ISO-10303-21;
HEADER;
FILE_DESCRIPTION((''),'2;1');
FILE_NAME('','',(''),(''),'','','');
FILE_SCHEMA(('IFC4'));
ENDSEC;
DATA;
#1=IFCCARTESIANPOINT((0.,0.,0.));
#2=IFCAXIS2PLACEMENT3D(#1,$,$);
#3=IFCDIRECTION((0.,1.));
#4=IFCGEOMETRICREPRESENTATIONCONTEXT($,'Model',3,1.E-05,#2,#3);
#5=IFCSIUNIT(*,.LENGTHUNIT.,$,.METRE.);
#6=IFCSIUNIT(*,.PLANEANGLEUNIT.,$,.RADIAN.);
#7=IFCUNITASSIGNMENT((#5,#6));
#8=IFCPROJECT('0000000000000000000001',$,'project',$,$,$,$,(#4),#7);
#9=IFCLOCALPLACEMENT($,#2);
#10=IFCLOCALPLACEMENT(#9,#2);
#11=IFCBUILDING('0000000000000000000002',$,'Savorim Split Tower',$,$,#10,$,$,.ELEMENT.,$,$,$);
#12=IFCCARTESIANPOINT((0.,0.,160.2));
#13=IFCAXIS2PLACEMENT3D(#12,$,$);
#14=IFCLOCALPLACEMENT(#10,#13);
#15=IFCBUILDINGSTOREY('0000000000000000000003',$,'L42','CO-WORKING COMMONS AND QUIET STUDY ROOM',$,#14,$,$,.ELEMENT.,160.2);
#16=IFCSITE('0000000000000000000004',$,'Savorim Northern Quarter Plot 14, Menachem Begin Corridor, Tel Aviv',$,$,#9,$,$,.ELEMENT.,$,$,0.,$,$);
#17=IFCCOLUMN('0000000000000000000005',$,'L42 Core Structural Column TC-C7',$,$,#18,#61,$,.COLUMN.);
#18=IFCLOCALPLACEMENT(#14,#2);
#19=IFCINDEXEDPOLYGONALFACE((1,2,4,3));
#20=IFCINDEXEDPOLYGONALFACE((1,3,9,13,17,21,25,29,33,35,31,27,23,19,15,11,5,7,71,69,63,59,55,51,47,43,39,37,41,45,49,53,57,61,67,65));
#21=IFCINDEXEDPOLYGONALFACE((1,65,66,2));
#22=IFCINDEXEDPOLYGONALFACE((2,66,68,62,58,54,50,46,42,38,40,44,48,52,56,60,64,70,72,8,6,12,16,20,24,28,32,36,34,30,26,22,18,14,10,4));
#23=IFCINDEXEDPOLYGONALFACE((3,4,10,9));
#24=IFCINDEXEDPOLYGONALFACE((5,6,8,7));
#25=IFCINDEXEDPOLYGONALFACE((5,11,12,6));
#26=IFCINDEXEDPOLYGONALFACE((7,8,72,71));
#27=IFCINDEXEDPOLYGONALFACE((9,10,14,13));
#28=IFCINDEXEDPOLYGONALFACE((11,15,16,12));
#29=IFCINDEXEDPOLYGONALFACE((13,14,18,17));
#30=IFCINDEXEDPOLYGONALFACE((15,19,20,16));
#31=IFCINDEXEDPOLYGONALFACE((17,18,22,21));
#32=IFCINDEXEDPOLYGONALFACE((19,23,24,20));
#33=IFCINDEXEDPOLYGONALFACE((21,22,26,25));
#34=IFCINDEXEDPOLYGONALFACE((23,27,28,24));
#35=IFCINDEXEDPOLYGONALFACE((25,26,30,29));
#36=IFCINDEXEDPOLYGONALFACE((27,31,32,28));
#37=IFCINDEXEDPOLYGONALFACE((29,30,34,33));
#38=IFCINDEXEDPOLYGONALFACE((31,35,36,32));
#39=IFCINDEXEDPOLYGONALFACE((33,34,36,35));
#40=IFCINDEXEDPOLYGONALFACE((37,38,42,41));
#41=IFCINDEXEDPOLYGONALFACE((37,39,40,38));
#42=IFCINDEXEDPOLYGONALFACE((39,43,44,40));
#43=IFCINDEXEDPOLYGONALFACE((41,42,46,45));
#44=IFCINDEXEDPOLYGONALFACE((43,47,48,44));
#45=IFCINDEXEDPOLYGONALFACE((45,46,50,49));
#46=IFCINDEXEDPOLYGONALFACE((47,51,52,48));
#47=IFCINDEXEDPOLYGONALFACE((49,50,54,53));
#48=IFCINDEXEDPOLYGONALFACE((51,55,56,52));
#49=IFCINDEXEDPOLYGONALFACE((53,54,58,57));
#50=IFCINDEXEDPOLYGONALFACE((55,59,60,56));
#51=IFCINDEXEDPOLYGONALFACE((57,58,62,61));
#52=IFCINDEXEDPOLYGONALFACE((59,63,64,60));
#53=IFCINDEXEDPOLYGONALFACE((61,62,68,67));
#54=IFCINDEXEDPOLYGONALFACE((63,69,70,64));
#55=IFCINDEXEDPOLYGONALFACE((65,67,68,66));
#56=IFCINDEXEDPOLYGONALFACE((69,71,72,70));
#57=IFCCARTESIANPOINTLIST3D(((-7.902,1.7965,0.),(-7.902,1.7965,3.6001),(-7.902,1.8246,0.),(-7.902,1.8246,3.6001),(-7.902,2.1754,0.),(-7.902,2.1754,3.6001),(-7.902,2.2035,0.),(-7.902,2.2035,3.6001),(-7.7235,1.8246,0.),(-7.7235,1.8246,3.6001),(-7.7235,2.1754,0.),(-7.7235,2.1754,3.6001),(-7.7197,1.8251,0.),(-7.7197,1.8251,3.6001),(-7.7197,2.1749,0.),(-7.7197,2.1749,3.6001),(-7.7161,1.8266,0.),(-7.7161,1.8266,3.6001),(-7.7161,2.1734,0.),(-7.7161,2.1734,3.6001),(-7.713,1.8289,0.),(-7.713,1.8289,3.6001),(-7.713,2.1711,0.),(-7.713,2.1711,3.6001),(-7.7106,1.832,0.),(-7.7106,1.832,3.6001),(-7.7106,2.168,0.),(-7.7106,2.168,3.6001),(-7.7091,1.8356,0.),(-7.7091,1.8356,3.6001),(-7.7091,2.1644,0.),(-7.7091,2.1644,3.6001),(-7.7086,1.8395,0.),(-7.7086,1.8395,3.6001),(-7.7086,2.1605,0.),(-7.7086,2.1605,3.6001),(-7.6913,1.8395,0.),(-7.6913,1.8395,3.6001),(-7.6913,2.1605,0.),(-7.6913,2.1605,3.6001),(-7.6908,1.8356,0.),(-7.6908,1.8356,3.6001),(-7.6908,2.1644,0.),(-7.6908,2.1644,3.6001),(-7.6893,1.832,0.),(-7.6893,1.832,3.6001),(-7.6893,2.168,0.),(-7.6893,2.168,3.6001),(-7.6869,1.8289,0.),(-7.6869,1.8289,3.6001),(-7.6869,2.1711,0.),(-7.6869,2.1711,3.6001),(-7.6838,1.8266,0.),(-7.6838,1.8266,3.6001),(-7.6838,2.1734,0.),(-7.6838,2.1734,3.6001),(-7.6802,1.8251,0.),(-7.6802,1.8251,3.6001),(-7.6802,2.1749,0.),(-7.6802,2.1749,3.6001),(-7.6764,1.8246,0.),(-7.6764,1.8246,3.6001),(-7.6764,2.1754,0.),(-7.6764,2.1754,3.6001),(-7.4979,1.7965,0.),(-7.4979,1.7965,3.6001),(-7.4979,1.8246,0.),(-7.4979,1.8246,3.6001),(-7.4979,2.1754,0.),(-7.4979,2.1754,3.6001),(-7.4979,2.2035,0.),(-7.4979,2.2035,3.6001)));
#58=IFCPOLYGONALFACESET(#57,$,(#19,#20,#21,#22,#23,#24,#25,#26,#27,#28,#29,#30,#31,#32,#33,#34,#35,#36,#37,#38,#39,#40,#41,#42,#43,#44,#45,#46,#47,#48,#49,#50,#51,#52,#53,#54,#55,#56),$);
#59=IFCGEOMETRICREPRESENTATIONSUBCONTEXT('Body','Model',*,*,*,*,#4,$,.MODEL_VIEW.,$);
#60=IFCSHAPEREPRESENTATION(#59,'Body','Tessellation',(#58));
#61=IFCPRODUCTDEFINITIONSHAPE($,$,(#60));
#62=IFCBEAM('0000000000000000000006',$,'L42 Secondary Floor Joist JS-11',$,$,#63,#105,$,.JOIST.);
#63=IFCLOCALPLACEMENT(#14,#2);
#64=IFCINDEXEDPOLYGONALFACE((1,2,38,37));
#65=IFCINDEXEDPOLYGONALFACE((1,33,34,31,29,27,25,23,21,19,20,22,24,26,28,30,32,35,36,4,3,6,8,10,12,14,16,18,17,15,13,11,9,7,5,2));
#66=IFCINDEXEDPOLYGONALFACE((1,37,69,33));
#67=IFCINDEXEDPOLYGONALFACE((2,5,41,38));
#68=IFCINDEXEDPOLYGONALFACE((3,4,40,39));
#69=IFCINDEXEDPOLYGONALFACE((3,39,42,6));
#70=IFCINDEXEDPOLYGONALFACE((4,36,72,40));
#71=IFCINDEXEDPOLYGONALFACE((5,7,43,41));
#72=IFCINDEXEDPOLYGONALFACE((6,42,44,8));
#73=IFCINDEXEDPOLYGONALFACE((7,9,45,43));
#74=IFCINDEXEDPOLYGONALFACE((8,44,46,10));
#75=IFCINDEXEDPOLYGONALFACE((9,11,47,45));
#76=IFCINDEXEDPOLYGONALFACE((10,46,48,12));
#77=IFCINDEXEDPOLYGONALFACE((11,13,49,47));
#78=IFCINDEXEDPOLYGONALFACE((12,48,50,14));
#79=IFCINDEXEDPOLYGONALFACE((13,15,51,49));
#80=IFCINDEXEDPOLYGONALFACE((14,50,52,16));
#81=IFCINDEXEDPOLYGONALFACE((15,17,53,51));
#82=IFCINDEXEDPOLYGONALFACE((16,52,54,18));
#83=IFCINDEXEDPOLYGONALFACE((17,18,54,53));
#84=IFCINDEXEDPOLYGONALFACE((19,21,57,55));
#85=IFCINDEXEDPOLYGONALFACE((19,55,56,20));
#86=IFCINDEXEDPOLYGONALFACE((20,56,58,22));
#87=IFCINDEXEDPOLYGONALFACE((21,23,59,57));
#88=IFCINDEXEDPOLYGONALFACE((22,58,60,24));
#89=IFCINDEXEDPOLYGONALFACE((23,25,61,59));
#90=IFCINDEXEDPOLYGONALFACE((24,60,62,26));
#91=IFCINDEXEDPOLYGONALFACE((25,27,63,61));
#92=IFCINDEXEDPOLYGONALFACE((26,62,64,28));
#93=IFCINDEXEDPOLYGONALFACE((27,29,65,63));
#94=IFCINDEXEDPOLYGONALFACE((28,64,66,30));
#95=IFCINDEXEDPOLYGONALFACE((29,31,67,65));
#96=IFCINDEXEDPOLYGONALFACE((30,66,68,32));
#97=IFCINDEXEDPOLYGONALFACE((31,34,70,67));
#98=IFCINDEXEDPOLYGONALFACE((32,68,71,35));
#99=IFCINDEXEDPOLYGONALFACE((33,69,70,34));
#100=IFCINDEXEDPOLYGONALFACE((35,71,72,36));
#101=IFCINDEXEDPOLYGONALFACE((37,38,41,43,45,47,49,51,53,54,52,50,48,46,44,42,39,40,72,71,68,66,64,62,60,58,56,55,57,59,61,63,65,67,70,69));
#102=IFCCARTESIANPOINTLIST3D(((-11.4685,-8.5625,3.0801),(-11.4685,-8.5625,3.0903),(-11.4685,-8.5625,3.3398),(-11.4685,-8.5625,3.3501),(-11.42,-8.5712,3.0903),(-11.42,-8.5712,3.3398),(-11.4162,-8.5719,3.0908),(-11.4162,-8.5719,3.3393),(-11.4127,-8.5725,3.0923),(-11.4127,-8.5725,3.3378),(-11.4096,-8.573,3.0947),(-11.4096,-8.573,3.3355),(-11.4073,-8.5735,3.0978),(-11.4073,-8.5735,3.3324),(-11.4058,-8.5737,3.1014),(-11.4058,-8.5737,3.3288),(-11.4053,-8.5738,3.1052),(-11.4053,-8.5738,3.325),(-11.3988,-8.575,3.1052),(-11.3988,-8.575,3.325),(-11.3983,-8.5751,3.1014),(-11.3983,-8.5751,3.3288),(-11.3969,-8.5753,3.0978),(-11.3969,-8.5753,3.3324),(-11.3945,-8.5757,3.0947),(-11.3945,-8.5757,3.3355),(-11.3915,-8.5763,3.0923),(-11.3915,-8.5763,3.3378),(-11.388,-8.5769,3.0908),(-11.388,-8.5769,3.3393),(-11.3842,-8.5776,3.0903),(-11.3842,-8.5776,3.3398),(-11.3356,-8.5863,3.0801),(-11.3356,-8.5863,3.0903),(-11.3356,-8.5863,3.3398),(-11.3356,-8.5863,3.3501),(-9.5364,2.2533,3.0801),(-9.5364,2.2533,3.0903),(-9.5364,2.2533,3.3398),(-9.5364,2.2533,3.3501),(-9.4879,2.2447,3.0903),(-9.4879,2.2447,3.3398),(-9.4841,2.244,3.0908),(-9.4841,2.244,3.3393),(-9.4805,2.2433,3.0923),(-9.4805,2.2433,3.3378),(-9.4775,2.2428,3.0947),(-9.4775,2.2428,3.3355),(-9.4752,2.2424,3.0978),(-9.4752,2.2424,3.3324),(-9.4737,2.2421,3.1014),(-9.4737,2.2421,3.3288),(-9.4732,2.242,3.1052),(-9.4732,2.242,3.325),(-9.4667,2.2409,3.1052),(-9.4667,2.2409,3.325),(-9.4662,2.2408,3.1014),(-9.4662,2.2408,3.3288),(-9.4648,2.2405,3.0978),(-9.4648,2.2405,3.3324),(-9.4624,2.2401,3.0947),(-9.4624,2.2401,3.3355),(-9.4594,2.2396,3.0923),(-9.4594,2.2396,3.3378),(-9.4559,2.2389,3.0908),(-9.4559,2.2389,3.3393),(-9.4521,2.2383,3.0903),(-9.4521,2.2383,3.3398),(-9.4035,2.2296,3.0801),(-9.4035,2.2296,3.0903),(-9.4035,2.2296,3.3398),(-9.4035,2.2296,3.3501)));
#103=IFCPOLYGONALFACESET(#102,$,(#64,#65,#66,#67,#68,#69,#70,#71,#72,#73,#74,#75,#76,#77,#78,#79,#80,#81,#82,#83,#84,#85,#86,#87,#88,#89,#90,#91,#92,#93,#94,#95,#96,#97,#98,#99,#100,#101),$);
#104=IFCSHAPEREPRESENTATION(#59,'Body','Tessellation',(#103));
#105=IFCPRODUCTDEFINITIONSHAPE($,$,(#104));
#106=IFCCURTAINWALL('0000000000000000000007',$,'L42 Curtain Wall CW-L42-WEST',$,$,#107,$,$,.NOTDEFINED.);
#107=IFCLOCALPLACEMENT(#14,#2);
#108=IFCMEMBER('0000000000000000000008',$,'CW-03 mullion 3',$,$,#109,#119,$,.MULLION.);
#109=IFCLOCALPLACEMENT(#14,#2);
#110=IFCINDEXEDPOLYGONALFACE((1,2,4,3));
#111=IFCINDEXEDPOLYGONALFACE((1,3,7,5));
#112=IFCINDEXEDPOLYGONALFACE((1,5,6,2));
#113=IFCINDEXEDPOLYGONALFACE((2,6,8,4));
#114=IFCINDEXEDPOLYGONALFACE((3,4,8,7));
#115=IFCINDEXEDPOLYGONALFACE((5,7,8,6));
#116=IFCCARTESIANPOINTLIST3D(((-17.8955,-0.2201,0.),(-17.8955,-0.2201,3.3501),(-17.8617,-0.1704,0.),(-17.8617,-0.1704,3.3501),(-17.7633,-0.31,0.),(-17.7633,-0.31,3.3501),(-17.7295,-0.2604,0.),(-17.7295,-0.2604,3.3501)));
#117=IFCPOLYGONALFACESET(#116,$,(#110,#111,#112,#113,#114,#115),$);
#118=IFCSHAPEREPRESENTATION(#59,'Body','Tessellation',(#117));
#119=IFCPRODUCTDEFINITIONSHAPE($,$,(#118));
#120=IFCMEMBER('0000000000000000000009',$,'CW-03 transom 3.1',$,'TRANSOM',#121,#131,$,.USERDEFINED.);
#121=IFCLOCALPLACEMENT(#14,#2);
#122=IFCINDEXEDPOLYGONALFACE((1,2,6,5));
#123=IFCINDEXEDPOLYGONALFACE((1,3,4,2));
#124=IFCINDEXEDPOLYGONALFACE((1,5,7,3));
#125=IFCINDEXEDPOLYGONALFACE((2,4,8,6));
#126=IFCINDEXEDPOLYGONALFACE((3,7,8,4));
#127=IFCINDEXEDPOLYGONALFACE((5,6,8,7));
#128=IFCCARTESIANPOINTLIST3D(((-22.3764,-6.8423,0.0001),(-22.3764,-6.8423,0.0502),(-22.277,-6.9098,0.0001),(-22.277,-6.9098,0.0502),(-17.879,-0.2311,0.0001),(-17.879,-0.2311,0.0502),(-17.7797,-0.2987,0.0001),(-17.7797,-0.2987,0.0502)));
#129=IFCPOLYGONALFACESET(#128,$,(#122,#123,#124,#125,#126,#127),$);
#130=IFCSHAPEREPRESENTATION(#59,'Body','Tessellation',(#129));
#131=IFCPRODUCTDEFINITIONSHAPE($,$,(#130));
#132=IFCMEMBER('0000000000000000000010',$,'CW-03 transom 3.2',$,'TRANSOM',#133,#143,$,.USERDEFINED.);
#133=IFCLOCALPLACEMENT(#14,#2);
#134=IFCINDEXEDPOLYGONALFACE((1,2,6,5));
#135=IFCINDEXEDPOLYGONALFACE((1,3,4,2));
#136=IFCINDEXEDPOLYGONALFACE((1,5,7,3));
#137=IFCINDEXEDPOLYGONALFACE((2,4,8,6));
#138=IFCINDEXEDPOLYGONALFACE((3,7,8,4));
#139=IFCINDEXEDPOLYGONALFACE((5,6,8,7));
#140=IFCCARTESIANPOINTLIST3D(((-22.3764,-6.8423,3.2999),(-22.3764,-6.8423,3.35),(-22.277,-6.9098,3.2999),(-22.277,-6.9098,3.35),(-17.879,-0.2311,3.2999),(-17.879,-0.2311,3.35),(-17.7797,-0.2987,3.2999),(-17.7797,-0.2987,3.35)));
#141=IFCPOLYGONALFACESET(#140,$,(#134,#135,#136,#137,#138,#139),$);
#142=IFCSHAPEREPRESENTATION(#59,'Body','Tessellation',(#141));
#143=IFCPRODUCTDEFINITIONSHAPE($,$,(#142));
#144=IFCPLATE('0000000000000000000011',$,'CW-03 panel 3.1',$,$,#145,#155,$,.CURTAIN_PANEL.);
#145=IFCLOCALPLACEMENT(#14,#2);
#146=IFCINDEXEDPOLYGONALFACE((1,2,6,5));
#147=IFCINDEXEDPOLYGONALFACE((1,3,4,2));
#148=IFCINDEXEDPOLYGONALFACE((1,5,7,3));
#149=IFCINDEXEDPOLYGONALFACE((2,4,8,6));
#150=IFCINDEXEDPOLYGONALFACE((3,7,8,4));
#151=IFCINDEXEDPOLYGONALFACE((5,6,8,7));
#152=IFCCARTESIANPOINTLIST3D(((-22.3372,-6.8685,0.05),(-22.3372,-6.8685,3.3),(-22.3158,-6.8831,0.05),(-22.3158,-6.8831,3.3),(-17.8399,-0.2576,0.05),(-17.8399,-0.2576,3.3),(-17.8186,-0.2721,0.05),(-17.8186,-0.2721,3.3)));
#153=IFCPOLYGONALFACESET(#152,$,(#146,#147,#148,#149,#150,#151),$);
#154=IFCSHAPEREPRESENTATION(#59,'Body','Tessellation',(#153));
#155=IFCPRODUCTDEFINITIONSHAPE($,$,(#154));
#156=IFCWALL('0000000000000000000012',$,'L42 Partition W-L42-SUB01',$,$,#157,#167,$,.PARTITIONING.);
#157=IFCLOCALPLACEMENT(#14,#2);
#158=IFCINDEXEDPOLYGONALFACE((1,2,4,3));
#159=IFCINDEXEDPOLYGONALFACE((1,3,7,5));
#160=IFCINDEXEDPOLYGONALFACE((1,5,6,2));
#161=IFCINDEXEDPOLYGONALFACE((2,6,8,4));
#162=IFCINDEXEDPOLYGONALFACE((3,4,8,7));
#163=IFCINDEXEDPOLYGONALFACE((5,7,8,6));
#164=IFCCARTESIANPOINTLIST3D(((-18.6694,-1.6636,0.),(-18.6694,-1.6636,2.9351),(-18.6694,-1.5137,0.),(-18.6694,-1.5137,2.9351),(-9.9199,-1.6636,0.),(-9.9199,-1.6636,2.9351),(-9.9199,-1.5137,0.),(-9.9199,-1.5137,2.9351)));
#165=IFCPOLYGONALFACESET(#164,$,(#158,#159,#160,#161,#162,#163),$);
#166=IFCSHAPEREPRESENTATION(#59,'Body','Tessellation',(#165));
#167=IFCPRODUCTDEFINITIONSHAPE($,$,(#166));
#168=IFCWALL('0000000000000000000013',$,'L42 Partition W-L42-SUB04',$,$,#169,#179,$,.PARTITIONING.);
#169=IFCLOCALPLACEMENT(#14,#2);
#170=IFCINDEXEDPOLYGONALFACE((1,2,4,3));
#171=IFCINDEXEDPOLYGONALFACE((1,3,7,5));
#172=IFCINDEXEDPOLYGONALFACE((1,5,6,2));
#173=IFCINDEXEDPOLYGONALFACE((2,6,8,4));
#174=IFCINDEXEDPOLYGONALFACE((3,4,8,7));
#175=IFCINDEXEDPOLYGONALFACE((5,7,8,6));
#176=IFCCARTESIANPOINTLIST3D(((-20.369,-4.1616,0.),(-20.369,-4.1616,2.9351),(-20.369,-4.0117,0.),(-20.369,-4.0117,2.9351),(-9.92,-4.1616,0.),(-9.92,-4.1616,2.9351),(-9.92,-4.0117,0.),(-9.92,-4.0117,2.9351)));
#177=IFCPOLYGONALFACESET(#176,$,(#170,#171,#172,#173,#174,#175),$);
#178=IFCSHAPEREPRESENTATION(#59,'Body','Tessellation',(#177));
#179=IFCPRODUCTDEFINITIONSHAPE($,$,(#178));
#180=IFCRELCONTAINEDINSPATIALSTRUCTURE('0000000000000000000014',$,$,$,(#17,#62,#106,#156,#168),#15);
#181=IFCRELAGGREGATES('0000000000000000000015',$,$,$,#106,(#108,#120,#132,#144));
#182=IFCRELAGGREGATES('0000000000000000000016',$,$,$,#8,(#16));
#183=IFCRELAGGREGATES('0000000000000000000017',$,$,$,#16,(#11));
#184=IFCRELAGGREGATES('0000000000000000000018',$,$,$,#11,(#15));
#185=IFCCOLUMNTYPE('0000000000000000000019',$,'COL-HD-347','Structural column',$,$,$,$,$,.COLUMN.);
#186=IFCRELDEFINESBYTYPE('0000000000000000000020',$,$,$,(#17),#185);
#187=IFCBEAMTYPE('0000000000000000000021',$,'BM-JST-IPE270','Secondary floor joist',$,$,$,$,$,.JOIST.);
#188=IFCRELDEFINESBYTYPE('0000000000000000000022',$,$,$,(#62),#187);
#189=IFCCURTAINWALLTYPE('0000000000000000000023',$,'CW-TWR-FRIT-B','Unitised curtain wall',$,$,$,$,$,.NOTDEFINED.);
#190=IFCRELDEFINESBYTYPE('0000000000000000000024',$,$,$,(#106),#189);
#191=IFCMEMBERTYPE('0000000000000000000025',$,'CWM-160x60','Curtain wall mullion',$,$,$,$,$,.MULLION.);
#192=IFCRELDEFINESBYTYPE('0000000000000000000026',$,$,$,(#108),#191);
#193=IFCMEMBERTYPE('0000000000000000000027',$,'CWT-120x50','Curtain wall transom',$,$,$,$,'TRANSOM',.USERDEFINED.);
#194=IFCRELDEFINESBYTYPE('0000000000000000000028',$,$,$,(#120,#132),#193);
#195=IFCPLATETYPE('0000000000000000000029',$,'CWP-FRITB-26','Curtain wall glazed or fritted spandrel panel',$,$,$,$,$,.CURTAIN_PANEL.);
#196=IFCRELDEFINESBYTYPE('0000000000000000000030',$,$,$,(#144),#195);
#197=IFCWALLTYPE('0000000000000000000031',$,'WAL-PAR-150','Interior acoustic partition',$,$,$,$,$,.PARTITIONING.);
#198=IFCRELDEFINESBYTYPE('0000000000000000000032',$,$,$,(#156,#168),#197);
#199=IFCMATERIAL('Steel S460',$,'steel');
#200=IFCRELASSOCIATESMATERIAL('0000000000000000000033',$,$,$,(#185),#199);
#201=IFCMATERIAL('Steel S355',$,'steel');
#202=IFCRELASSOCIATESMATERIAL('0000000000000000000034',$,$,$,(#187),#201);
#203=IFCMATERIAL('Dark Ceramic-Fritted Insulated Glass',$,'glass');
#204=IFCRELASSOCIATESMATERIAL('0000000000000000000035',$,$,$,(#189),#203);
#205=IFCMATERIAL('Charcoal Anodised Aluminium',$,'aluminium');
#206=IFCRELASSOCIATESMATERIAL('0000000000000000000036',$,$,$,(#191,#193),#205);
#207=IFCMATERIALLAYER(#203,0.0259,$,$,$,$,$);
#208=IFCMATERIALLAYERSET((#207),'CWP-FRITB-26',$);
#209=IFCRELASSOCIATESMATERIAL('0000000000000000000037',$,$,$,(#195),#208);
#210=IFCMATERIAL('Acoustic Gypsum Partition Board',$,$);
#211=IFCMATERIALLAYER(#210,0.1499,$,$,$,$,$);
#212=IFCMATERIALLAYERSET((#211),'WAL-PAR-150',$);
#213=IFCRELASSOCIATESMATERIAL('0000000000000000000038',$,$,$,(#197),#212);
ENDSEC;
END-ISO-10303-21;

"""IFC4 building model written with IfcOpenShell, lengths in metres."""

from ifc_helpers import new_model, si_unit, direction, frame, frame_2d, origin, origin_2d, place, context, subcontext, project, spatial, rectangle, i_section, extrude, material, layer, layer_set, material_profile, profile_set, type_object, element, aggregate, save


model = new_model("IFC4")

# Units and contexts
model_context = context("Model", 3, precision=1e-05, world=origin(), true_north=direction((0.0, 1.0)))
body_context = subcontext(model_context, "Body", "Model", "MODEL_VIEW")
ifc_project = project(units=[si_unit("LENGTHUNIT", "METRE"), si_unit("PLANEANGLEUNIT", "RADIAN")], contexts=[model_context])

# Site, building, storey
site_placement = place(None, origin())
site = spatial("IfcSite", under=ifc_project, at=site_placement, Name="Savorim Northern Quarter Plot 14, Menachem Begin Corridor, Tel Aviv", CompositionType="ELEMENT", RefElevation=0.0)
building_placement = place(site_placement, origin())
building = spatial("IfcBuilding", under=site, at=building_placement, Name="Savorim Split Tower", CompositionType="ELEMENT")
storey_placement = place(building_placement, frame((0.0, 0.0, 160.2)))
storey = spatial("IfcBuildingStorey", under=building, at=storey_placement, Name="L42", Description="CO-WORKING COMMONS AND QUIET STUDY ROOM", CompositionType="ELEMENT", Elevation=160.2)

# Column
ifc_material_1 = material(Name="Steel S460", Category="steel")
ifc_material_profile_1 = material_profile(ifc_material_1, i_section(OverallWidth=0.4041, OverallDepth=0.407, WebThickness=0.0173, FlangeThickness=0.0281, FilletRadius=0.0149, at=origin_2d()), Name="HD 400x347")
ifc_profile_set_1 = profile_set([ifc_material_profile_1], Name="Steel S460")
column_type = type_object("IfcColumnType", Name="COL-HD-347", Description="Structural column", PredefinedType="COLUMN", material=ifc_profile_set_1)
column_placement = place(storey_placement, frame((-7.7, 2.0, 0.0), z_axis=(0.0, 0.0, 1.0), x_axis=(1.0, 0.0, 0.0)))
element("IfcColumn", 1, at=column_placement, inside=storey, type_object=column_type, Name="L42 Core Structural Column TC-C7", PredefinedType="COLUMN", context=body_context, shape_type="SweptSolid", body=[
    extrude(i_section(OverallWidth=0.4041, OverallDepth=0.407, WebThickness=0.0173, FlangeThickness=0.0281, FilletRadius=0.0149, at=origin_2d()), origin(), (0.0, 0.0, 1.0), 3.6001),
])

# Beam
ifc_material_2 = material(Name="Steel S355", Category="steel")
ifc_material_profile_2 = material_profile(ifc_material_2, i_section(OverallWidth=0.135, OverallDepth=0.27, WebThickness=0.0066, FlangeThickness=0.0103, FilletRadius=0.0149, at=origin_2d()), Name="IPE 270")
ifc_profile_set_2 = profile_set([ifc_material_profile_2], Name="Steel S355")
beam_type = type_object("IfcBeamType", Name="BM-JST-IPE270", Description="Secondary floor joist", PredefinedType="JOIST", material=ifc_profile_set_2)
beam_placement = place(storey_placement, frame((-9.47, 2.2415, 3.2151), z_axis=(-0.175854, -0.984416, 0.0), x_axis=(0.984416, -0.175854, 0.0)))
element("IfcBeam", 2, at=beam_placement, inside=storey, type_object=beam_type, Name="L42 Secondary Floor Joist JS-11", PredefinedType="JOIST", context=body_context, shape_type="SweptSolid", body=[
    extrude(i_section(OverallWidth=0.135, OverallDepth=0.27, WebThickness=0.0066, FlangeThickness=0.0103, FilletRadius=0.0149, at=origin_2d()), origin(), (0.0, 0.0, 1.0), 10.9871),
])

# Curtain wall, members, plate
ifc_material_3 = material(Name="Dark Ceramic-Fritted Insulated Glass", Category="glass")
curtain_wall_type = type_object("IfcCurtainWallType", Name="CW-TWR-FRIT-B", Description="Unitised curtain wall", PredefinedType="NOTDEFINED", material=ifc_material_3)
curtain_wall_placement = place(storey_placement, origin())
curtain_wall = element("IfcCurtainWall", 3, at=curtain_wall_placement, inside=storey, type_object=curtain_wall_type, Name="L42 Curtain Wall CW-L42-WEST", PredefinedType="NOTDEFINED")
ifc_material_4 = material(Name="Charcoal Anodised Aluminium", Category="aluminium")
ifc_material_profile_3 = material_profile(ifc_material_4, rectangle(XDim=0.1599, YDim=0.0601, at=origin_2d()), Name="ALU-M 160x60")
ifc_profile_set_3 = profile_set([ifc_material_profile_3], Name="Charcoal Anodised Aluminium")
member_type_1 = type_object("IfcMemberType", Name="CWM-160x60", Description="Curtain wall mullion", PredefinedType="MULLION", material=ifc_profile_set_3)
member_1_placement = place(storey_placement, frame((-17.8125, -0.2402, 0.0), z_axis=(0.0, 0.0, 1.0), x_axis=(0.82682, -0.562466, 0.0)))
member_1 = element("IfcMember", 4, at=member_1_placement, type_object=member_type_1, Name="CW-03 mullion 3", PredefinedType="MULLION", context=body_context, shape_type="SweptSolid", body=[
    extrude(rectangle(XDim=0.1599, YDim=0.0601, at=origin_2d()), origin(), (0.0, 0.0, 1.0), 3.3501),
])
ifc_material_profile_4 = material_profile(ifc_material_4, rectangle(XDim=0.1201, YDim=0.05, at=origin_2d()), Name="ALU-T 120x50")
ifc_profile_set_4 = profile_set([ifc_material_profile_4], Name="Charcoal Anodised Aluminium")
member_type_2 = type_object("IfcMemberType", Name="CWT-120x50", Description="Curtain wall transom", ElementType="TRANSOM", PredefinedType="USERDEFINED", material=ifc_profile_set_4)
member_2_placement = place(storey_placement, frame((-17.8293, -0.2649, 0.0251), z_axis=(-0.562462, -0.826823, 0.0), x_axis=(0.826823, -0.562462, 0.0)))
member_2 = element("IfcMember", 5, at=member_2_placement, type_object=member_type_2, Name="CW-03 transom 3.1", ObjectType="TRANSOM", PredefinedType="USERDEFINED", context=body_context, shape_type="SweptSolid", body=[
    extrude(rectangle(XDim=0.1201, YDim=0.05, at=origin_2d()), origin(), (0.0, 0.0, 1.0), 7.9958),
])
member_3_placement = place(storey_placement, frame((-17.8293, -0.2649, 3.325), z_axis=(-0.562462, -0.826823, 0.0), x_axis=(0.826823, -0.562462, 0.0)))
member_3 = element("IfcMember", 6, at=member_3_placement, type_object=member_type_2, Name="CW-03 transom 3.2", ObjectType="TRANSOM", PredefinedType="USERDEFINED", context=body_context, shape_type="SweptSolid", body=[
    extrude(rectangle(XDim=0.1201, YDim=0.05, at=origin_2d()), origin(), (0.0, 0.0, 1.0), 7.9958),
])
ifc_layer_1 = layer(ifc_material_3, 0.0259)
ifc_layer_set_1 = layer_set([ifc_layer_1], Name="CWP-FRITB-26")
plate_type = type_object("IfcPlateType", Name="CWP-FRITB-26", Description="Curtain wall glazed or fritted spandrel panel", PredefinedType="CURTAIN_PANEL", material=ifc_layer_set_1)
plate_placement = place(storey_placement, frame((-20.0779, -3.5703, 0.05), z_axis=(0.0, 0.0, 1.0), x_axis=(-0.562466, -0.82682, 0.0)))
plate = element("IfcPlate", 7, at=plate_placement, type_object=plate_type, Name="CW-03 panel 3.1", PredefinedType="CURTAIN_PANEL", context=body_context, shape_type="SweptSolid", body=[
    extrude(rectangle(XDim=7.9956, YDim=0.0259, at=origin_2d()), origin(), (0.0, 0.0, 1.0), 3.25),
])
aggregate(curtain_wall, [member_1, member_2, member_3, plate])

# Walls
ifc_material_5 = material(Name="Acoustic Gypsum Partition Board")
ifc_layer_2 = layer(ifc_material_5, 0.1499)
ifc_layer_set_2 = layer_set([ifc_layer_2], Name="WAL-PAR-150")
wall_type_1 = type_object("IfcWallType", Name="WAL-PAR-150", Description="Interior acoustic partition", PredefinedType="PARTITIONING", material=ifc_layer_set_2)
wall_1_placement = place(storey_placement, frame((-9.9199, -1.5886, 0.0), z_axis=(0.0, 0.0, 1.0), x_axis=(-1.0, 0.0, 0.0)))
element("IfcWall", 8, at=wall_1_placement, inside=storey, type_object=wall_type_1, Name="L42 Partition W-L42-SUB01", PredefinedType="PARTITIONING", context=body_context, shape_type="SweptSolid", body=[
    extrude(rectangle(XDim=8.7495, YDim=0.1499, at=frame_2d((4.3748, 0.0))), origin(), (0.0, 0.0, 1.0), 2.9351),
])
wall_2_placement = place(storey_placement, frame((-9.9199, -4.0867, 0.0), z_axis=(0.0, 0.0, 1.0), x_axis=(-1.0, 0.0, 0.0)))
element("IfcWall", 9, at=wall_2_placement, inside=storey, type_object=wall_type_1, Name="L42 Partition W-L42-SUB04", PredefinedType="PARTITIONING", context=body_context, shape_type="SweptSolid", body=[
    extrude(rectangle(XDim=10.449, YDim=0.1499, at=frame_2d((5.2246, 0.0))), origin(), (0.0, 0.0, 1.0), 2.9351),
])

save(model, "model.ifc")
